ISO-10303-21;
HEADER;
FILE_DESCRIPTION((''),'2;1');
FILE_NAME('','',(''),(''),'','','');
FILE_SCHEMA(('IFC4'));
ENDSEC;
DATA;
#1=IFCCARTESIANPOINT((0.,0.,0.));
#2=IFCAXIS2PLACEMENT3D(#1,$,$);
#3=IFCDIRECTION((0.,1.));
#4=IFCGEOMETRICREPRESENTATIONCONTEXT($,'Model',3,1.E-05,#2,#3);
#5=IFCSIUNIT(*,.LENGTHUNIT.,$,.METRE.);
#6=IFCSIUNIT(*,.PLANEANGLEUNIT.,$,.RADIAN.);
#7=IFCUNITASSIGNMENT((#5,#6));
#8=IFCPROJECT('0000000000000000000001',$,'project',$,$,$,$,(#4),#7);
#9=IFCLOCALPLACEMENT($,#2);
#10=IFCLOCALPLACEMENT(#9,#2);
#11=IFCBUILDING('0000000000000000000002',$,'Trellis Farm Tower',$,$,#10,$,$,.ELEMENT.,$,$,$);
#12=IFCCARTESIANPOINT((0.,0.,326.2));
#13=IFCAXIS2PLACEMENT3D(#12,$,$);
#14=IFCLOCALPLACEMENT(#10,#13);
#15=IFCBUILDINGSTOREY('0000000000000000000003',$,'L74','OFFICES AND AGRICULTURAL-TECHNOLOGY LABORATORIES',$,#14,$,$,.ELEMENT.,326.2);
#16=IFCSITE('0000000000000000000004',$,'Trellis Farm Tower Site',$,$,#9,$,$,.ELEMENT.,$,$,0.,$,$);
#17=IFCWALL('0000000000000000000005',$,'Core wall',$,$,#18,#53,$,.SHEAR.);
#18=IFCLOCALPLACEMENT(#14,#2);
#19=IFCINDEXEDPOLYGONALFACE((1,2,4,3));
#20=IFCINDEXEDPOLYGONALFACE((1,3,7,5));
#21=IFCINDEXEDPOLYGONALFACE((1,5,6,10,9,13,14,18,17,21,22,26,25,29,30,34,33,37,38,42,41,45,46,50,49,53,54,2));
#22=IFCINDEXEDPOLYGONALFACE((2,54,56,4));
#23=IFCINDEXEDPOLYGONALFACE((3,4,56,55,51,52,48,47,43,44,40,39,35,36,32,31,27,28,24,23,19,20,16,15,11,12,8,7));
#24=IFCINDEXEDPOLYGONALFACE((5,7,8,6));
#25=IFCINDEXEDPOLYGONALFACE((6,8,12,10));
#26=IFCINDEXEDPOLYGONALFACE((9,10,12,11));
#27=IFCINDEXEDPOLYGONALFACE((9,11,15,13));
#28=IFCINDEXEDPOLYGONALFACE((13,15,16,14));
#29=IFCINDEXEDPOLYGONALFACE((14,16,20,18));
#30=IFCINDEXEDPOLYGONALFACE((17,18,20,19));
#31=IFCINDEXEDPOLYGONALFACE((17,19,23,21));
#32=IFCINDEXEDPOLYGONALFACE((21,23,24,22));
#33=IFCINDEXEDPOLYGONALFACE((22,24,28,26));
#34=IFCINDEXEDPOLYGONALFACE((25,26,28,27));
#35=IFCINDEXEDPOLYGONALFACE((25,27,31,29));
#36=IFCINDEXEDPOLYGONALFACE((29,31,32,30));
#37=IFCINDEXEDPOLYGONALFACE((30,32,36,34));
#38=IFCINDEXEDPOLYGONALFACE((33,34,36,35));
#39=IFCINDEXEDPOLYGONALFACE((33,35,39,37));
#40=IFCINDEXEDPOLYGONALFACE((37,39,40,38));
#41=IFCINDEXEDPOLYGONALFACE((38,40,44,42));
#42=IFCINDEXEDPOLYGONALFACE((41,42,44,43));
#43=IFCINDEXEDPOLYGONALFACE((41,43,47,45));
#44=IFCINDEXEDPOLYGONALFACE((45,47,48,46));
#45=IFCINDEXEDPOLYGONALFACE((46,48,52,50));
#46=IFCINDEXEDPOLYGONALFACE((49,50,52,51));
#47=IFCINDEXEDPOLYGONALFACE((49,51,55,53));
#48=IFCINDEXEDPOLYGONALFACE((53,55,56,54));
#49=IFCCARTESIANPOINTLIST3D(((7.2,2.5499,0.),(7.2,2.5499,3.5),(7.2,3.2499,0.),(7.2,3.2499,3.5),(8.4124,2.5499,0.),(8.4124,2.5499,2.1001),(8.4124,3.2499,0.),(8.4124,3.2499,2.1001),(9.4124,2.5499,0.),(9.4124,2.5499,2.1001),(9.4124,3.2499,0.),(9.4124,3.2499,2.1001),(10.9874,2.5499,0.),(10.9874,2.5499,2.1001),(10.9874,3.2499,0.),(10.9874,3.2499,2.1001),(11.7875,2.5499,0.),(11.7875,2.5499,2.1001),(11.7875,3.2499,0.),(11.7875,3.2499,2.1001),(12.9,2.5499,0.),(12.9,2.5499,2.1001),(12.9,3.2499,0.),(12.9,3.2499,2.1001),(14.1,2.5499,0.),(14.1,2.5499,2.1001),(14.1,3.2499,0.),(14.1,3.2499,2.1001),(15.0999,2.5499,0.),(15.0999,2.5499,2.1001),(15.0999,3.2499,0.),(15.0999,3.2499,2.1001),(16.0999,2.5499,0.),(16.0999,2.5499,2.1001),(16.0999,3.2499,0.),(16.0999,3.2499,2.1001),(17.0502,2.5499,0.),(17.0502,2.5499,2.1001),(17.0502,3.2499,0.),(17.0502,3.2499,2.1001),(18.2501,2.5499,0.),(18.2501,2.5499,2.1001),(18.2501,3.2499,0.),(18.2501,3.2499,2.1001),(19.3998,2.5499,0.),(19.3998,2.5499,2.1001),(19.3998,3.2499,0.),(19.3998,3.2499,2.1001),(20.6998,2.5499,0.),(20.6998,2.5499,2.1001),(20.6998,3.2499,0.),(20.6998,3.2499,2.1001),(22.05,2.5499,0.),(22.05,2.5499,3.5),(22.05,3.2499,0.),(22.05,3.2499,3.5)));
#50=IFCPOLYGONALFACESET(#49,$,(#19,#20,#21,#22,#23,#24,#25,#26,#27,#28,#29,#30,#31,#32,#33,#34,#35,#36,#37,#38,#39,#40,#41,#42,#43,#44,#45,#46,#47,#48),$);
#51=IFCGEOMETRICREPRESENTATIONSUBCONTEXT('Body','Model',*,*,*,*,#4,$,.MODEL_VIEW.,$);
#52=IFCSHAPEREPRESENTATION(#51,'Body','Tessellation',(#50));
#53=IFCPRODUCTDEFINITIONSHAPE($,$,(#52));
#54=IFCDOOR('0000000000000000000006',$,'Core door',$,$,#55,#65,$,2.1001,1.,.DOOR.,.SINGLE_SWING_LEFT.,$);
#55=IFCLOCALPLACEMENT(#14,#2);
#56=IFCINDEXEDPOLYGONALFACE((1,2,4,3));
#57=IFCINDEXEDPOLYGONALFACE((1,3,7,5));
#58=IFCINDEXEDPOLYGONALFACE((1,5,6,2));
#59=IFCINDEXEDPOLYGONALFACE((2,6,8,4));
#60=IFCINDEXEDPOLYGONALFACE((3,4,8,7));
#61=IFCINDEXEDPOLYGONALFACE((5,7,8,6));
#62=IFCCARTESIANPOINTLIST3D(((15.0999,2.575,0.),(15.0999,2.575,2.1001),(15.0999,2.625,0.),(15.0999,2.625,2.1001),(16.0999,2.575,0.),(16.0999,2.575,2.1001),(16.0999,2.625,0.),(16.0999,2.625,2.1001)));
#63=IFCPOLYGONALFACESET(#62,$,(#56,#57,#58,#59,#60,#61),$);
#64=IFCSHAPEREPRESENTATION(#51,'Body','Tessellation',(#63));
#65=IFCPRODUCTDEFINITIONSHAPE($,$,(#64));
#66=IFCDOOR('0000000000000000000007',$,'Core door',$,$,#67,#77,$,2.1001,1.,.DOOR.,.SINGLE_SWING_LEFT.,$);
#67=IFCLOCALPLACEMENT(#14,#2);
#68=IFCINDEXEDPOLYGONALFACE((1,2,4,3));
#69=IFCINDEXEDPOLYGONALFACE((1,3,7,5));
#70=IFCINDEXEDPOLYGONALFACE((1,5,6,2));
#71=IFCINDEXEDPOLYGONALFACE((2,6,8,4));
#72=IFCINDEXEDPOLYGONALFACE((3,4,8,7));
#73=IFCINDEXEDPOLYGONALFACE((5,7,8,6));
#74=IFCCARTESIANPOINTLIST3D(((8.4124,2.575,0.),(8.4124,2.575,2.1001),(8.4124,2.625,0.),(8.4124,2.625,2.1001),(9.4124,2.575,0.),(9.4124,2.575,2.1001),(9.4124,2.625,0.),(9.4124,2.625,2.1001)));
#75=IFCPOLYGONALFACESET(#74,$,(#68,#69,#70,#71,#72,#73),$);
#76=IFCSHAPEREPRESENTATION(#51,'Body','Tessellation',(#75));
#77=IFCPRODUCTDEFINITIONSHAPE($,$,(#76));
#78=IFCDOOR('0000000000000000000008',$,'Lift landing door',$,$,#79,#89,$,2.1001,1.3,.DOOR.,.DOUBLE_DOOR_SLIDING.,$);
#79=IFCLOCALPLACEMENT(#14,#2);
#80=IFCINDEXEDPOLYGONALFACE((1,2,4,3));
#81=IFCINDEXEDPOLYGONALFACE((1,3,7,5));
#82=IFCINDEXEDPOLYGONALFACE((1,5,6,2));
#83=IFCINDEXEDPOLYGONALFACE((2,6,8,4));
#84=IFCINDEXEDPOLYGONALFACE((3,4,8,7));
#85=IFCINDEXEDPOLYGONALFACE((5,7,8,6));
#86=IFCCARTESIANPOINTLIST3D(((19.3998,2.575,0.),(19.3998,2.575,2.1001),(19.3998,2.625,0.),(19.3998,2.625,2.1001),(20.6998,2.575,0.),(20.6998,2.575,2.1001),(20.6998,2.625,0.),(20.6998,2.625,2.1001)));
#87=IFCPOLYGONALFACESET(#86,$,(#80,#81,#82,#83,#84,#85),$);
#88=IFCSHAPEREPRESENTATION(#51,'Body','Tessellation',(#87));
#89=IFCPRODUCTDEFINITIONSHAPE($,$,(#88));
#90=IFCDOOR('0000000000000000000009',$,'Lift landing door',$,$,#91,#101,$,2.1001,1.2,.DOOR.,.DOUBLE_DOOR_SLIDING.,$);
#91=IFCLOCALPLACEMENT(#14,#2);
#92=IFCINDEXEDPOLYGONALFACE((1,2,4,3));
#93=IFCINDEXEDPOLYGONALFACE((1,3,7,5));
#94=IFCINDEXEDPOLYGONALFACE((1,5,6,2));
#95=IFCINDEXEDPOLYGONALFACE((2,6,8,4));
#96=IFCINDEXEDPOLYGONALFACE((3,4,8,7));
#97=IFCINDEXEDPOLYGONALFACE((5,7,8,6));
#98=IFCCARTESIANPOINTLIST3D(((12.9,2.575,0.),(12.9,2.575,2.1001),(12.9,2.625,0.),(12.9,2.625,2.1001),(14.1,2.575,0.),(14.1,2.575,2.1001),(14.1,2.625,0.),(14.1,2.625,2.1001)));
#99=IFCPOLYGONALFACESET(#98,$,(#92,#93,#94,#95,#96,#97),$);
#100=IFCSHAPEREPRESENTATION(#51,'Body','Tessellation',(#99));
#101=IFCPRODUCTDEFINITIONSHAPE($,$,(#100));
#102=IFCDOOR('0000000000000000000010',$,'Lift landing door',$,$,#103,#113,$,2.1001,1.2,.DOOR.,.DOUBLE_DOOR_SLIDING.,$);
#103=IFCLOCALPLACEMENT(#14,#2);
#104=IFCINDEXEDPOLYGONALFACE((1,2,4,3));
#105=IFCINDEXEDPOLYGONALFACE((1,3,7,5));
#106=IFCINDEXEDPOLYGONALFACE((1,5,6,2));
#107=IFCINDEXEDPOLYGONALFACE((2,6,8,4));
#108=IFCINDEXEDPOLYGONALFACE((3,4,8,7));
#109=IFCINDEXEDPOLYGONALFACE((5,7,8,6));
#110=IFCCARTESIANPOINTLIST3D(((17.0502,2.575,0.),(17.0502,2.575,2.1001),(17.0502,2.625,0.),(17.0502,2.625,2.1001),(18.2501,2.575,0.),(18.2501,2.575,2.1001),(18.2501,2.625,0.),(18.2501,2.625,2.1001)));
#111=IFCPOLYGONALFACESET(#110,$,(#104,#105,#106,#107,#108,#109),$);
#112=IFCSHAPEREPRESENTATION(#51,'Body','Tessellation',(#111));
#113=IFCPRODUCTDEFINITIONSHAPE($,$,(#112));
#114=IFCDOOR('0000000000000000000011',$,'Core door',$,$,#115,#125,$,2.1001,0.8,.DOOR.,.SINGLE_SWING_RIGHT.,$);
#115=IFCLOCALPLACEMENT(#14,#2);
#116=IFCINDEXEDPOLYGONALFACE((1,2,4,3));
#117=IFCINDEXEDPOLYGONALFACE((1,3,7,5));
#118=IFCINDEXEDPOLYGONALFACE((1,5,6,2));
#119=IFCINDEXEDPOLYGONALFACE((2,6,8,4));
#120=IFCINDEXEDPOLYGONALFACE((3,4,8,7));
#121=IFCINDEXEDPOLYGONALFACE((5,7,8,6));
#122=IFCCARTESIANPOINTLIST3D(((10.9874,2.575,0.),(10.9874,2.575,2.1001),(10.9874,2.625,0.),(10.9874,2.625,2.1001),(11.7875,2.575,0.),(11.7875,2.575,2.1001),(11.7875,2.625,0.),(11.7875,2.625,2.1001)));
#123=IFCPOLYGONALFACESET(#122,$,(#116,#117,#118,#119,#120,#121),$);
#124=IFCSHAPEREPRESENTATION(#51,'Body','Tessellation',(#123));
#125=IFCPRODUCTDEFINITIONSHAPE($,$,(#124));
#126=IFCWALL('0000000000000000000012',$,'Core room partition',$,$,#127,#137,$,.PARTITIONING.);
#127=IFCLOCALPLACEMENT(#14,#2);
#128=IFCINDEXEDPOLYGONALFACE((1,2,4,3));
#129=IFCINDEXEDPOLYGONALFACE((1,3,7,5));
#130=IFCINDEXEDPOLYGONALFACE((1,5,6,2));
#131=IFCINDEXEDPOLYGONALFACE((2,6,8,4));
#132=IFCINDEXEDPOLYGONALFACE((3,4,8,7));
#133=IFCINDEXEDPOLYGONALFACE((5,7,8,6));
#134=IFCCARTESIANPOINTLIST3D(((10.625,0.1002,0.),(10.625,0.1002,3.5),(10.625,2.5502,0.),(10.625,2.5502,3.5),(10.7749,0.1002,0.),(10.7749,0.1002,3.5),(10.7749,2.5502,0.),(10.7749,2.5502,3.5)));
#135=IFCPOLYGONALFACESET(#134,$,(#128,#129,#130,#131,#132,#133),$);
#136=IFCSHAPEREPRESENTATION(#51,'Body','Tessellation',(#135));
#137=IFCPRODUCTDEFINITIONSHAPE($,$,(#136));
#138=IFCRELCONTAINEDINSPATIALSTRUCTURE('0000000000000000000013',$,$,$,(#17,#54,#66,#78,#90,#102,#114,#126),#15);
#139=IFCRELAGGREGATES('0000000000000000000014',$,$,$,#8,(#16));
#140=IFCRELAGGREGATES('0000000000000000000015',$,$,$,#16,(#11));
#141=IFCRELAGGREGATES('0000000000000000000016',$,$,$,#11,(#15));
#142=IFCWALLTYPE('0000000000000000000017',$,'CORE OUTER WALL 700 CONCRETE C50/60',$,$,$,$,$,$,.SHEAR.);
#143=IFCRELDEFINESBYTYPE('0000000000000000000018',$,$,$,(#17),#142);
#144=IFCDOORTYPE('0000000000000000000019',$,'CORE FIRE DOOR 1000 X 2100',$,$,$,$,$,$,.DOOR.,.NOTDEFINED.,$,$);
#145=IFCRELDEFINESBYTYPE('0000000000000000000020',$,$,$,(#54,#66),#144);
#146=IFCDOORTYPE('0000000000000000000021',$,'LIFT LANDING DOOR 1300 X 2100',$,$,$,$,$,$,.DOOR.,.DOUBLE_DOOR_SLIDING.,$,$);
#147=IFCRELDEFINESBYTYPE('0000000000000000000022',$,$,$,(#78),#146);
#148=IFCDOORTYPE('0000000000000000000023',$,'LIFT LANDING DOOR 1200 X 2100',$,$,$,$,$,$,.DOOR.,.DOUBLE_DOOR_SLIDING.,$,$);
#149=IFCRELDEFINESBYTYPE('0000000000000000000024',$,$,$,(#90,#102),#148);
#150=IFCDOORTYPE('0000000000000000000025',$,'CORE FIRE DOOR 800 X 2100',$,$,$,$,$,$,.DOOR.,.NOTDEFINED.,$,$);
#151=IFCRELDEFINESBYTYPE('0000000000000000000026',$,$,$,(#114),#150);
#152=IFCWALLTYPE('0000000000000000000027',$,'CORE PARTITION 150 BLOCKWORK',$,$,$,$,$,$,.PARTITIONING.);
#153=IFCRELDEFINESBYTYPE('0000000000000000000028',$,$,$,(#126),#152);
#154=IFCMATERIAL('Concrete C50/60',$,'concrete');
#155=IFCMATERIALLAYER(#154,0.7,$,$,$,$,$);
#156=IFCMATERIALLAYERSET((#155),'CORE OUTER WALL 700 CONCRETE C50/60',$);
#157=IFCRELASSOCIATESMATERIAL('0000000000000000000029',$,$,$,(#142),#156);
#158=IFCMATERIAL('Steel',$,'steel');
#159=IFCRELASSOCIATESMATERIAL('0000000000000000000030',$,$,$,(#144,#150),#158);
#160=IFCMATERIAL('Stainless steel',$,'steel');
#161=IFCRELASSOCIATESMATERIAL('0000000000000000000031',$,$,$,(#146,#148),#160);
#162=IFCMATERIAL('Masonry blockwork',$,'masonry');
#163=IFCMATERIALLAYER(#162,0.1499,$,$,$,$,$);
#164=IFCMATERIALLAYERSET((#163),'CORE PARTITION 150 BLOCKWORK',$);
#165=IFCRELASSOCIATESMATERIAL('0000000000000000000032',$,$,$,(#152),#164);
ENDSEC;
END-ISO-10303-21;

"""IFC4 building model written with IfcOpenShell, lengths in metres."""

from ifc_helpers import new_model, si_unit, direction, frame, frame_2d, origin, place, context, subcontext, project, spatial, rectangle, extrude, source, transform, mapped, material, layer, layer_set, type_object, element, fill, save


model = new_model("IFC4")

# Units and contexts
model_context = context("Model", 3, precision=1e-05, world=origin(), true_north=direction((0.0, 1.0)))
body_context = subcontext(model_context, "Body", "Model", "MODEL_VIEW")
ifc_project = project(units=[si_unit("LENGTHUNIT", "METRE"), si_unit("PLANEANGLEUNIT", "RADIAN")], contexts=[model_context])

# Site, building, storey
site_placement = place(None, origin())
site = spatial("IfcSite", under=ifc_project, at=site_placement, Name="Trellis Farm Tower Site", CompositionType="ELEMENT", RefElevation=0.0)
building_placement = place(site_placement, origin())
building = spatial("IfcBuilding", under=site, at=building_placement, Name="Trellis Farm Tower", CompositionType="ELEMENT")
storey_placement = place(building_placement, frame((0.0, 0.0, 326.2)))
storey = spatial("IfcBuildingStorey", under=building, at=storey_placement, Name="L74", Description="OFFICES AND AGRICULTURAL-TECHNOLOGY LABORATORIES", CompositionType="ELEMENT", Elevation=326.2)

# Wall, openings, doors
ifc_material_1 = material(Name="Concrete C50/60", Category="concrete")
ifc_layer_1 = layer(ifc_material_1, 0.7)
ifc_layer_set_1 = layer_set([ifc_layer_1], Name="CORE OUTER WALL 700 CONCRETE C50/60")
wall_type_1 = type_object("IfcWallType", Name="CORE OUTER WALL 700 CONCRETE C50/60", PredefinedType="SHEAR", material=ifc_layer_set_1)
shared_shape_1 = source(origin(), body_context, "Body", "SweptSolid", [
    extrude(rectangle(XDim=14.8501, YDim=0.7, at=frame_2d((7.425, 0.0))), origin(), (0.0, 0.0, 1.0), 3.5),
])
wall_1_placement = place(storey_placement, frame((7.2, 2.8999, 0.0), z_axis=(0.0, 0.0, 1.0), x_axis=(1.0, 0.0, 0.0)))
wall_1 = element("IfcWall", 1, at=wall_1_placement, inside=storey, type_object=wall_type_1, Name="Core wall", PredefinedType="SHEAR", context=body_context, shape_type="MappedRepresentation", body=[
    mapped(shared_shape_1, transform((0.0, 0.0, 0.0))),
])
shared_shape_2 = source(origin(), body_context, "Body", "SweptSolid", [
    extrude(rectangle(XDim=1.2, YDim=2.1001, at=frame_2d((0.6001, 1.05))), frame((0.0, 0.3601, 0.0), z_axis=(0.0, -1.0, 0.0), x_axis=(1.0, 0.0, 0.0)), (0.0, 0.0, 1.0), 0.7202),
])
opening_1_placement = place(wall_1_placement, frame((5.7, 0.0, 0.0)))
opening_1 = element("IfcOpeningElement", 2, at=opening_1_placement, cuts=wall_1, PredefinedType="OPENING", context=body_context, shape_type="MappedRepresentation", body=[
    mapped(shared_shape_2, transform((0.0, 0.0, 0.0))),
])
shared_shape_3 = source(origin(), body_context, "Body", "SweptSolid", [
    extrude(rectangle(XDim=1.3, YDim=2.1001, at=frame_2d((0.6499, 1.05))), frame((0.0, 0.3601, 0.0), z_axis=(0.0, -1.0, 0.0), x_axis=(1.0, 0.0, 0.0)), (0.0, 0.0, 1.0), 0.7202),
])
opening_2_placement = place(wall_1_placement, frame((12.2, 0.0, 0.0)))
opening_2 = element("IfcOpeningElement", 3, at=opening_2_placement, cuts=wall_1, PredefinedType="OPENING", context=body_context, shape_type="MappedRepresentation", body=[
    mapped(shared_shape_3, transform((0.0, 0.0, 0.0))),
])
opening_3_placement = place(wall_1_placement, frame((9.8501, 0.0, 0.0)))
opening_3 = element("IfcOpeningElement", 4, at=opening_3_placement, cuts=wall_1, PredefinedType="OPENING", context=body_context, shape_type="MappedRepresentation", body=[
    mapped(shared_shape_2, transform((0.0, 0.0, 0.0))),
])
shared_shape_4 = source(origin(), body_context, "Body", "SweptSolid", [
    extrude(rectangle(XDim=1.0, YDim=2.1001, at=frame_2d((0.5, 1.05))), frame((0.0, 0.3601, 0.0), z_axis=(0.0, -1.0, 0.0), x_axis=(1.0, 0.0, 0.0)), (0.0, 0.0, 1.0), 0.7202),
])
opening_4_placement = place(wall_1_placement, frame((7.8999, 0.0, 0.0)))
opening_4 = element("IfcOpeningElement", 5, at=opening_4_placement, cuts=wall_1, PredefinedType="OPENING", context=body_context, shape_type="MappedRepresentation", body=[
    mapped(shared_shape_4, transform((0.0, 0.0, 0.0))),
])
opening_5_placement = place(wall_1_placement, frame((1.2124, 0.0, 0.0)))
opening_5 = element("IfcOpeningElement", 6, at=opening_5_placement, cuts=wall_1, PredefinedType="OPENING", context=body_context, shape_type="MappedRepresentation", body=[
    mapped(shared_shape_4, transform((0.0, 0.0, 0.0))),
])
shared_shape_5 = source(origin(), body_context, "Body", "SweptSolid", [
    extrude(rectangle(XDim=0.8, YDim=2.1001, at=frame_2d((0.3999, 1.05))), frame((0.0, 0.3601, 0.0), z_axis=(0.0, -1.0, 0.0), x_axis=(1.0, 0.0, 0.0)), (0.0, 0.0, 1.0), 0.7202),
])
opening_6_placement = place(wall_1_placement, frame((3.7876, 0.0, 0.0)))
opening_6 = element("IfcOpeningElement", 7, at=opening_6_placement, cuts=wall_1, PredefinedType="OPENING", context=body_context, shape_type="MappedRepresentation", body=[
    mapped(shared_shape_5, transform((0.0, 0.0, 0.0))),
])
ifc_material_2 = material(Name="Steel", Category="steel")
door_type_1 = type_object("IfcDoorType", Name="CORE FIRE DOOR 1000 X 2100", OperationType="NOTDEFINED", PredefinedType="DOOR", material=ifc_material_2)
shared_shape_6 = source(origin(), body_context, "Body", "SweptSolid", [
    extrude(rectangle(XDim=1.0, YDim=2.1001, at=frame_2d((0.5, 1.05))), frame((0.0, -0.2749, 0.0), z_axis=(0.0, -1.0, 0.0), x_axis=(1.0, 0.0, 0.0)), (0.0, 0.0, 1.0), 0.05),
])
door_1_placement = place(opening_4_placement, origin())
door_1 = element("IfcDoor", 8, at=door_1_placement, inside=storey, type_object=door_type_1, Name="Core door", OperationType="SINGLE_SWING_LEFT", OverallHeight=2.1001, OverallWidth=1.0, PredefinedType="DOOR", context=body_context, shape_type="MappedRepresentation", body=[
    mapped(shared_shape_6, transform((0.0, 0.0, 0.0))),
])
fill(opening_4, door_1)
door_2_placement = place(opening_5_placement, origin())
door_2 = element("IfcDoor", 9, at=door_2_placement, inside=storey, type_object=door_type_1, Name="Core door", OperationType="SINGLE_SWING_LEFT", OverallHeight=2.1001, OverallWidth=1.0, PredefinedType="DOOR", context=body_context, shape_type="MappedRepresentation", body=[
    mapped(shared_shape_6, transform((0.0, 0.0, 0.0))),
])
fill(opening_5, door_2)
ifc_material_3 = material(Name="Stainless steel", Category="steel")
door_type_2 = type_object("IfcDoorType", Name="LIFT LANDING DOOR 1300 X 2100", OperationType="DOUBLE_DOOR_SLIDING", PredefinedType="DOOR", material=ifc_material_3)
shared_shape_7 = source(origin(), body_context, "Body", "SweptSolid", [
    extrude(rectangle(XDim=1.3, YDim=2.1001, at=frame_2d((0.6499, 1.05))), frame((0.0, -0.2749, 0.0), z_axis=(0.0, -1.0, 0.0), x_axis=(1.0, 0.0, 0.0)), (0.0, 0.0, 1.0), 0.05),
])
door_3_placement = place(opening_2_placement, origin())
door_3 = element("IfcDoor", 10, at=door_3_placement, inside=storey, type_object=door_type_2, Name="Lift landing door", OperationType="DOUBLE_DOOR_SLIDING", OverallHeight=2.1001, OverallWidth=1.3, PredefinedType="DOOR", context=body_context, shape_type="MappedRepresentation", body=[
    mapped(shared_shape_7, transform((0.0, 0.0, 0.0))),
])
fill(opening_2, door_3)
door_type_3 = type_object("IfcDoorType", Name="LIFT LANDING DOOR 1200 X 2100", OperationType="DOUBLE_DOOR_SLIDING", PredefinedType="DOOR", material=ifc_material_3)
shared_shape_8 = source(origin(), body_context, "Body", "SweptSolid", [
    extrude(rectangle(XDim=1.2, YDim=2.1001, at=frame_2d((0.6001, 1.05))), frame((0.0, -0.2749, 0.0), z_axis=(0.0, -1.0, 0.0), x_axis=(1.0, 0.0, 0.0)), (0.0, 0.0, 1.0), 0.05),
])
door_4_placement = place(opening_1_placement, origin())
door_4 = element("IfcDoor", 11, at=door_4_placement, inside=storey, type_object=door_type_3, Name="Lift landing door", OperationType="DOUBLE_DOOR_SLIDING", OverallHeight=2.1001, OverallWidth=1.2, PredefinedType="DOOR", context=body_context, shape_type="MappedRepresentation", body=[
    mapped(shared_shape_8, transform((0.0, 0.0, 0.0))),
])
fill(opening_1, door_4)
door_5_placement = place(opening_3_placement, origin())
door_5 = element("IfcDoor", 12, at=door_5_placement, inside=storey, type_object=door_type_3, Name="Lift landing door", OperationType="DOUBLE_DOOR_SLIDING", OverallHeight=2.1001, OverallWidth=1.2, PredefinedType="DOOR", context=body_context, shape_type="MappedRepresentation", body=[
    mapped(shared_shape_8, transform((0.0, 0.0, 0.0))),
])
fill(opening_3, door_5)
door_type_4 = type_object("IfcDoorType", Name="CORE FIRE DOOR 800 X 2100", OperationType="NOTDEFINED", PredefinedType="DOOR", material=ifc_material_2)
shared_shape_9 = source(origin(), body_context, "Body", "SweptSolid", [
    extrude(rectangle(XDim=0.8, YDim=2.1001, at=frame_2d((0.3999, 1.05))), frame((0.0, -0.2749, 0.0), z_axis=(0.0, -1.0, 0.0), x_axis=(1.0, 0.0, 0.0)), (0.0, 0.0, 1.0), 0.05),
])
door_6_placement = place(opening_6_placement, origin())
door_6 = element("IfcDoor", 13, at=door_6_placement, inside=storey, type_object=door_type_4, Name="Core door", OperationType="SINGLE_SWING_RIGHT", OverallHeight=2.1001, OverallWidth=0.8, PredefinedType="DOOR", context=body_context, shape_type="MappedRepresentation", body=[
    mapped(shared_shape_9, transform((0.0, 0.0, 0.0))),
])
fill(opening_6, door_6)

# Wall
ifc_material_4 = material(Name="Masonry blockwork", Category="masonry")
ifc_layer_2 = layer(ifc_material_4, 0.1499)
ifc_layer_set_2 = layer_set([ifc_layer_2], Name="CORE PARTITION 150 BLOCKWORK")
wall_type_2 = type_object("IfcWallType", Name="CORE PARTITION 150 BLOCKWORK", PredefinedType="PARTITIONING", material=ifc_layer_set_2)
shared_shape_10 = source(origin(), body_context, "Body", "SweptSolid", [
    extrude(rectangle(XDim=2.45, YDim=0.1499, at=frame_2d((1.2251, 0.0))), origin(), (0.0, 0.0, 1.0), 3.5),
])
wall_2_placement = place(storey_placement, frame((10.7, 0.1001, 0.0), z_axis=(0.0, 0.0, 1.0), x_axis=(0.0, 1.0, 0.0)))
element("IfcWall", 14, at=wall_2_placement, inside=storey, type_object=wall_type_2, Name="Core room partition", PredefinedType="PARTITIONING", context=body_context, shape_type="MappedRepresentation", body=[
    mapped(shared_shape_10, transform((0.0, 0.0, 0.0))),
])

save(model, "model.ifc")
